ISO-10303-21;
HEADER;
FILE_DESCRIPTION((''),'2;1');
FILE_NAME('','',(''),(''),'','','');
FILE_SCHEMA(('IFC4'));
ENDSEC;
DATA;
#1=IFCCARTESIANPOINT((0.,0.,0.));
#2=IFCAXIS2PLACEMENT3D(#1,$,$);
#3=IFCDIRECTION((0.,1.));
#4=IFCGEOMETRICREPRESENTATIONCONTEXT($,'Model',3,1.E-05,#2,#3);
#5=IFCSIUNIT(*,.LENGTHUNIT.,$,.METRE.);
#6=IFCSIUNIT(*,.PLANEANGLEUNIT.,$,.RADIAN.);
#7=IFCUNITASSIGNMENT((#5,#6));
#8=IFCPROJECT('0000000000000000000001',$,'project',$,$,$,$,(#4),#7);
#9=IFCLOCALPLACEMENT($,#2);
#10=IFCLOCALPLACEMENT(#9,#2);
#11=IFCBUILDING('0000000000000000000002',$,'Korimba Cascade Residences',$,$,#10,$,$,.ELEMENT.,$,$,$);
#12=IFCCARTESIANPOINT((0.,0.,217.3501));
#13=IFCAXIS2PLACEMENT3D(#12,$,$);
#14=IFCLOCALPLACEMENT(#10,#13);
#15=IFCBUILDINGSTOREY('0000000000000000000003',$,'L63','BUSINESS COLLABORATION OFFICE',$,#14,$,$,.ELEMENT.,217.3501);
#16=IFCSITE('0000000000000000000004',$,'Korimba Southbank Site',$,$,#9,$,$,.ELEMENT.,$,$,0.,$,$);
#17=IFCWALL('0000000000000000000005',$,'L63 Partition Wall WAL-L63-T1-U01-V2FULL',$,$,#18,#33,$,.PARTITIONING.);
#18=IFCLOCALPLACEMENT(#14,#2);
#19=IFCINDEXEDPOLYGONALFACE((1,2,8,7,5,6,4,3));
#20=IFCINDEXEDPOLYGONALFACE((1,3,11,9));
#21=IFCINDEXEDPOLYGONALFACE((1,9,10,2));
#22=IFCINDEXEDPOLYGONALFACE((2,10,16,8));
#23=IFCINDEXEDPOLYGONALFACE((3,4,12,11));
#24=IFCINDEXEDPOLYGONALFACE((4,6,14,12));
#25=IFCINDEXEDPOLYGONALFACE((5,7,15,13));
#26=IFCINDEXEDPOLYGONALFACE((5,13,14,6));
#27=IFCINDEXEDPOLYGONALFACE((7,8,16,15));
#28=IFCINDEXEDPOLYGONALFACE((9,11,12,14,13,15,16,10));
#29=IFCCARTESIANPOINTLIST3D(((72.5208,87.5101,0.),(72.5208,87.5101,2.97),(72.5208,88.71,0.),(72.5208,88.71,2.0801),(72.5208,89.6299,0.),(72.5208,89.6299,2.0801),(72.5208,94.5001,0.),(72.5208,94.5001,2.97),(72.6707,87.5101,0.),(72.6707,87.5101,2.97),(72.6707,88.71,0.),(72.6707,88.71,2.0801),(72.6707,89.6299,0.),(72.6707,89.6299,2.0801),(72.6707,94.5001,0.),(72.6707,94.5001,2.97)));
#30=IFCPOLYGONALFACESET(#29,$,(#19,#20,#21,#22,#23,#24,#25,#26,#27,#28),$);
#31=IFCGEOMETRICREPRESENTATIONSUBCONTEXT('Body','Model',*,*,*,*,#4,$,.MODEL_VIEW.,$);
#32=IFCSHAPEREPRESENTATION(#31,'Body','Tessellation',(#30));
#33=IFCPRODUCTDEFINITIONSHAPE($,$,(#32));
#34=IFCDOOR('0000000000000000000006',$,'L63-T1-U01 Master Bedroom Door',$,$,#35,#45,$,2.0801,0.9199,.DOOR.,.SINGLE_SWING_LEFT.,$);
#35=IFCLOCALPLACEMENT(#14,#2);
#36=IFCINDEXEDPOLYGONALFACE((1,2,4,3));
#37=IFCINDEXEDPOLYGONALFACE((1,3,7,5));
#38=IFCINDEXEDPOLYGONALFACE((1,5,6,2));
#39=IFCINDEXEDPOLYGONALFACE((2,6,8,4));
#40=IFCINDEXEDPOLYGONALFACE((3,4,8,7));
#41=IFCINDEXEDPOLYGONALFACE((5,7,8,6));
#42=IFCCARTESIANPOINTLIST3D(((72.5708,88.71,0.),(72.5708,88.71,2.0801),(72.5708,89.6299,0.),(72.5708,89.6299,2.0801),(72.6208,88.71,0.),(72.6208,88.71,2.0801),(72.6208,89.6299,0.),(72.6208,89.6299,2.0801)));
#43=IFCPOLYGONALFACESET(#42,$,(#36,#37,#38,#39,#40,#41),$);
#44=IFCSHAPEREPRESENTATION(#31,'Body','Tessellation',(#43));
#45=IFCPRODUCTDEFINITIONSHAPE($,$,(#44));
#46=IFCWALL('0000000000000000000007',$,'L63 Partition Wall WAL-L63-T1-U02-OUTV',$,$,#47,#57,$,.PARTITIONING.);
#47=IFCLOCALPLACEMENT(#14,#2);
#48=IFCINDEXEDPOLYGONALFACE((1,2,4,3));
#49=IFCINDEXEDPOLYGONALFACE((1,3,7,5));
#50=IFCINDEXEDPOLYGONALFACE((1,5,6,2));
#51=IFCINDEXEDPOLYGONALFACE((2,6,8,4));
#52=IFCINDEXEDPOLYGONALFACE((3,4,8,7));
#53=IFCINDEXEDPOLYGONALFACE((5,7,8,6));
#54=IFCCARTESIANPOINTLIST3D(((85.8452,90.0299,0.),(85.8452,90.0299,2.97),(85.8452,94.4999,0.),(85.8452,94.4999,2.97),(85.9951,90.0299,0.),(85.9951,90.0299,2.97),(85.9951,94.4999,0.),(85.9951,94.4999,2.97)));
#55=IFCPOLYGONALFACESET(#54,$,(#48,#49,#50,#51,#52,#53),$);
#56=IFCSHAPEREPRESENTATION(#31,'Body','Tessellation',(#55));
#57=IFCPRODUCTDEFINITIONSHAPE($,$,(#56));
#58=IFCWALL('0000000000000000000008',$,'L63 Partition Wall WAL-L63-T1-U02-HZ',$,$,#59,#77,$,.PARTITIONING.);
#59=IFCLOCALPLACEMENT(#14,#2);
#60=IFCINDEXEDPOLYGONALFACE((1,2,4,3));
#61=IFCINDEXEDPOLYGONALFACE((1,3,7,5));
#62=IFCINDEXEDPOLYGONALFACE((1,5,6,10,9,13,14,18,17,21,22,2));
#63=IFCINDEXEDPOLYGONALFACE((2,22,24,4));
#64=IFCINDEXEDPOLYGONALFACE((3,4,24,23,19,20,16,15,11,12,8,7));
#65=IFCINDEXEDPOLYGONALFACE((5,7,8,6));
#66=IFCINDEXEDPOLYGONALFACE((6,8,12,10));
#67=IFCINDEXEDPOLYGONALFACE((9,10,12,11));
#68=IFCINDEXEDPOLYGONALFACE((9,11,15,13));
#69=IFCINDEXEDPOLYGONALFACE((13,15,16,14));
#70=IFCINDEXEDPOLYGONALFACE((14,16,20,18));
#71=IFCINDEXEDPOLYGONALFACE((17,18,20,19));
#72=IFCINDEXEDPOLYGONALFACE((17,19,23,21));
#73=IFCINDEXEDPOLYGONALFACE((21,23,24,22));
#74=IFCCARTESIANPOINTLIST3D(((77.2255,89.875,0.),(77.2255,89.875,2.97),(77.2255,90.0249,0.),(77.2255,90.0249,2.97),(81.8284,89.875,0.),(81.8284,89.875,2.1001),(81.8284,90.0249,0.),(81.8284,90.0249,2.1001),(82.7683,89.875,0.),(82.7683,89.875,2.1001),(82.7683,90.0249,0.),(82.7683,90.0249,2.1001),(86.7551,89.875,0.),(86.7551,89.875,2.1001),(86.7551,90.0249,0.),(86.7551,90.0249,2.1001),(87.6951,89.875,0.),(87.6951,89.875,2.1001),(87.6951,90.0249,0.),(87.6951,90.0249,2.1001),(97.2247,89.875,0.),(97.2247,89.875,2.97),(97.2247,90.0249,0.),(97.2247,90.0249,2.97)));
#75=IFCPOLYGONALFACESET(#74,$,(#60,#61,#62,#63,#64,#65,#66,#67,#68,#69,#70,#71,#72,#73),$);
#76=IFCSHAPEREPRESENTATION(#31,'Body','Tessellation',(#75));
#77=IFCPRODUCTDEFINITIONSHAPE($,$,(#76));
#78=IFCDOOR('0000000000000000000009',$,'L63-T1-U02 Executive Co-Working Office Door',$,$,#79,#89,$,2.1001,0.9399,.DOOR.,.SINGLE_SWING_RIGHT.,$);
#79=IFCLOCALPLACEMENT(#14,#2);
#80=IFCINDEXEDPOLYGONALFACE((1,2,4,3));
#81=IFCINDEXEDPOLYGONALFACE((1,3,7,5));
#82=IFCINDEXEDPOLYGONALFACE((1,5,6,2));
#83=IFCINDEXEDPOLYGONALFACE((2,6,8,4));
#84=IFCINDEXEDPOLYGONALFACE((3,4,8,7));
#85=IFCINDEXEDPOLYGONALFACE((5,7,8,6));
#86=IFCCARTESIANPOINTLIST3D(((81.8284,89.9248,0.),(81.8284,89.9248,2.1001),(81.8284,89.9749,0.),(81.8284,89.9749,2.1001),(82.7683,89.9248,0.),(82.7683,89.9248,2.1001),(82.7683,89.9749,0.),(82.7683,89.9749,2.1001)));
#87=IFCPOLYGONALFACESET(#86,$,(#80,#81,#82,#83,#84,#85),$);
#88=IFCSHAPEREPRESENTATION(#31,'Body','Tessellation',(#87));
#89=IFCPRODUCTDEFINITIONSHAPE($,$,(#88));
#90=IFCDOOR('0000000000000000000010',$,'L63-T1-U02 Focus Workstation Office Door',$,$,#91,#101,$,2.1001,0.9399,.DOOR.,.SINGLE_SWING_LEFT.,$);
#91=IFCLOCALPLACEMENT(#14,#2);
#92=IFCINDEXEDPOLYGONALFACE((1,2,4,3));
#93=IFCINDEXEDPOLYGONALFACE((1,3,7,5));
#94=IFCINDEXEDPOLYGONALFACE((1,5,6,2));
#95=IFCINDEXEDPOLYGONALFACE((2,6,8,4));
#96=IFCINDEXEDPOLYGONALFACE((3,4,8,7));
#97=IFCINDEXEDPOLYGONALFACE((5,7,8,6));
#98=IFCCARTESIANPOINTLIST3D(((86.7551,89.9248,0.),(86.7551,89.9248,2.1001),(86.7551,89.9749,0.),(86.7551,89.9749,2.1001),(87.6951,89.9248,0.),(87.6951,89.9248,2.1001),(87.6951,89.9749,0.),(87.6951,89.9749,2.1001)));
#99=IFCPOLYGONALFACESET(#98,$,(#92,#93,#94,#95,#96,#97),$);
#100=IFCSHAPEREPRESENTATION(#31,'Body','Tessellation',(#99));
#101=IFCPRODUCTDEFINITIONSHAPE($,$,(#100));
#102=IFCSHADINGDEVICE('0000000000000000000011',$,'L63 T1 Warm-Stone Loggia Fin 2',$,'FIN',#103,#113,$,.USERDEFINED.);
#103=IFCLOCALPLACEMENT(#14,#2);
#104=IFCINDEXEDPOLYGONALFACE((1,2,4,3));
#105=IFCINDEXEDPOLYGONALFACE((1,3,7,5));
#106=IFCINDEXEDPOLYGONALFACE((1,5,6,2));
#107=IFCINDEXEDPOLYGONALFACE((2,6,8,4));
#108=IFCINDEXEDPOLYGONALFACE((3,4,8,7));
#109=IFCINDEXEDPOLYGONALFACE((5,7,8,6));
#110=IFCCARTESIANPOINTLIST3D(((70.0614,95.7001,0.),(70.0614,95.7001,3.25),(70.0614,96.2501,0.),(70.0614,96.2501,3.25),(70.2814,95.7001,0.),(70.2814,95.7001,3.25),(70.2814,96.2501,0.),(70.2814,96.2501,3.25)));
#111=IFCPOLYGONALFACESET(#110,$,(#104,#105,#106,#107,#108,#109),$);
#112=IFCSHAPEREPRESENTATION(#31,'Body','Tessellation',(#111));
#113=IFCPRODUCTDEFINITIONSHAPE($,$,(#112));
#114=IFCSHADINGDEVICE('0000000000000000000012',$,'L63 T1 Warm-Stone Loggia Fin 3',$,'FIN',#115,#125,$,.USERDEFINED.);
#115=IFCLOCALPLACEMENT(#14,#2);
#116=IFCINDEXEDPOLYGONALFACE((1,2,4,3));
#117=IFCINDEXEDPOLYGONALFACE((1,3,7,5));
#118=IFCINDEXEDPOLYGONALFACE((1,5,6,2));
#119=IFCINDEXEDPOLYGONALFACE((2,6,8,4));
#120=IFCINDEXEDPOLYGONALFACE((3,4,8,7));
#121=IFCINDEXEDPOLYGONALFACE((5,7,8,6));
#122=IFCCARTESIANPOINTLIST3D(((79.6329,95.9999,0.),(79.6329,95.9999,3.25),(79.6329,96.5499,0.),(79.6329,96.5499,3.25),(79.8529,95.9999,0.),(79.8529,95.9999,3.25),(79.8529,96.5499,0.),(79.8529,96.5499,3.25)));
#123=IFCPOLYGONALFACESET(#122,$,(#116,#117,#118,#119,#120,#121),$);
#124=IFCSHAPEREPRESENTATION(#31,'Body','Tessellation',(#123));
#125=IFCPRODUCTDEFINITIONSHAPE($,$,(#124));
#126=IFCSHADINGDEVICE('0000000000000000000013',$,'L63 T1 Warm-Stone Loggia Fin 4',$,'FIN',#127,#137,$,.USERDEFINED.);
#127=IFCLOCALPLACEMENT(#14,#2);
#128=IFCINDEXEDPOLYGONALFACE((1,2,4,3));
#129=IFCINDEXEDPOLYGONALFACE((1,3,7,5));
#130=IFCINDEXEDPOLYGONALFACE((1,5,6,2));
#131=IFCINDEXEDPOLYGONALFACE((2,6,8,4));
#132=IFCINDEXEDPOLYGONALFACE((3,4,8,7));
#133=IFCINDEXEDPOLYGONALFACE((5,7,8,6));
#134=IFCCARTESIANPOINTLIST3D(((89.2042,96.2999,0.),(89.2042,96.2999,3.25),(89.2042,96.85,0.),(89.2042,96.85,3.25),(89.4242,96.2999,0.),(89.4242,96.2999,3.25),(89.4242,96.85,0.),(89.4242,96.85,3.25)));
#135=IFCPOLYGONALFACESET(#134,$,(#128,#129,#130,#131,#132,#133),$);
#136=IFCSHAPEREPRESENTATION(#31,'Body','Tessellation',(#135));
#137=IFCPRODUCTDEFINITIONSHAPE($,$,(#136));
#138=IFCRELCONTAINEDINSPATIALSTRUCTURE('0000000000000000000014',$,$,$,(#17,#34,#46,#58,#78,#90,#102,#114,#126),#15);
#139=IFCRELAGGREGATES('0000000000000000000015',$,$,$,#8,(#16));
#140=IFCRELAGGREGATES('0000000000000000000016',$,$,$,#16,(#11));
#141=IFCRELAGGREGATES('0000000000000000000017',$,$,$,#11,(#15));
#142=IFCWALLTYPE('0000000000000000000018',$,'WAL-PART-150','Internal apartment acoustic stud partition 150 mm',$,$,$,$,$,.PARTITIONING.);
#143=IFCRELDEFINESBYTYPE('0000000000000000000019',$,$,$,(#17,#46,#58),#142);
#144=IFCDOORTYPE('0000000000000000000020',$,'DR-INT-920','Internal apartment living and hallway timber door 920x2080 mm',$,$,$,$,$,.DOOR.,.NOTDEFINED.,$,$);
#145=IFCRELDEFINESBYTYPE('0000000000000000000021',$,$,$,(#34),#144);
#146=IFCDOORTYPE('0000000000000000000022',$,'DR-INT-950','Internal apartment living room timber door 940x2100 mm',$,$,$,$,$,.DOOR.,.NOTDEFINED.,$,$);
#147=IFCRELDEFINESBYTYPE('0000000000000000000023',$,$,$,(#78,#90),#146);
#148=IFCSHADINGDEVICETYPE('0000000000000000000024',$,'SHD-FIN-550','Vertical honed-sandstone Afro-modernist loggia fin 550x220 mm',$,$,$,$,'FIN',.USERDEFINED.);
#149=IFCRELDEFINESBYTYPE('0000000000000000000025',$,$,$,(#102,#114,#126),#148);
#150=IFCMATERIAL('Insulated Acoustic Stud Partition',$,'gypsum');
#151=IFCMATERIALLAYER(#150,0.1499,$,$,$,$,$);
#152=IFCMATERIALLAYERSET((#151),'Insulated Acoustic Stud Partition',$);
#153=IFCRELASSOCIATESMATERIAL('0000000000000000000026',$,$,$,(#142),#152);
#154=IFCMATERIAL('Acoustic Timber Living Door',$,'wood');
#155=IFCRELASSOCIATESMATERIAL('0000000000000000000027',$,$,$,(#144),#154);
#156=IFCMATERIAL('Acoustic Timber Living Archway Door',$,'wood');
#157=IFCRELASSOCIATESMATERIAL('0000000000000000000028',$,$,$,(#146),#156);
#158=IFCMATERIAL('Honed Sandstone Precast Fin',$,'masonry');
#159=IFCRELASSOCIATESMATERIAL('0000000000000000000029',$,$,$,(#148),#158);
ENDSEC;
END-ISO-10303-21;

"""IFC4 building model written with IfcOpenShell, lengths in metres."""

from ifc_helpers import new_model, si_unit, direction, frame, frame_2d, origin, origin_2d, place, context, subcontext, project, spatial, rectangle, extrude, material, layer, layer_set, type_object, element, fill, save


model = new_model("IFC4")

# Units and contexts
model_context = context("Model", 3, precision=1e-05, world=origin(), true_north=direction((0.0, 1.0)))
body_context = subcontext(model_context, "Body", "Model", "MODEL_VIEW")
ifc_project = project(units=[si_unit("LENGTHUNIT", "METRE"), si_unit("PLANEANGLEUNIT", "RADIAN")], contexts=[model_context])

# Site, building, storey
site_placement = place(None, origin())
site = spatial("IfcSite", under=ifc_project, at=site_placement, Name="Korimba Southbank Site", CompositionType="ELEMENT", RefElevation=0.0)
building_placement = place(site_placement, origin())
building = spatial("IfcBuilding", under=site, at=building_placement, Name="Korimba Cascade Residences", CompositionType="ELEMENT")
storey_placement = place(building_placement, frame((0.0, 0.0, 217.3501)))
storey = spatial("IfcBuildingStorey", under=building, at=storey_placement, Name="L63", Description="BUSINESS COLLABORATION OFFICE", CompositionType="ELEMENT", Elevation=217.3501)

# Shared definitions
ifc_material_1 = material(Name="Insulated Acoustic Stud Partition", Category="gypsum")
ifc_layer_1 = layer(ifc_material_1, 0.1499)
ifc_layer_set_1 = layer_set([ifc_layer_1], Name="Insulated Acoustic Stud Partition")
wall_type_1 = type_object("IfcWallType", Name="WAL-PART-150", Description="Internal apartment acoustic stud partition 150 mm", PredefinedType="PARTITIONING", material=ifc_layer_set_1)

# Wall, opening, door
wall_1_placement = place(storey_placement, frame((72.5957, 87.51, 0.0), z_axis=(0.0, 0.0, 1.0), x_axis=(0.0, 1.0, 0.0)))
wall_1 = element("IfcWall", 1, at=wall_1_placement, inside=storey, type_object=wall_type_1, Name="L63 Partition Wall WAL-L63-T1-U01-V2FULL", PredefinedType="PARTITIONING", context=body_context, shape_type="SweptSolid", body=[
    extrude(rectangle(XDim=6.99, YDim=0.1499, at=frame_2d((3.4951, 0.0))), origin(), (0.0, 0.0, 1.0), 2.97),
])
opening_1_placement = place(wall_1_placement, frame((1.2, 0.0, 0.0)))
opening_1 = element("IfcOpeningElement", 2, at=opening_1_placement, cuts=wall_1, PredefinedType="OPENING", context=body_context, shape_type="SweptSolid", body=[
    extrude(rectangle(XDim=0.9199, YDim=2.0801, at=frame_2d((0.46, 1.04))), frame((0.0, 0.085, 0.0), z_axis=(0.0, -1.0, 0.0), x_axis=(1.0, 0.0, 0.0)), (0.0, 0.0, 1.0), 0.1699),
])
ifc_material_2 = material(Name="Acoustic Timber Living Door", Category="wood")
door_type_1 = type_object("IfcDoorType", Name="DR-INT-920", Description="Internal apartment living and hallway timber door 920x2080 mm", OperationType="NOTDEFINED", PredefinedType="DOOR", material=ifc_material_2)
door_1_placement = place(opening_1_placement, origin())
door_1 = element("IfcDoor", 3, at=door_1_placement, inside=storey, type_object=door_type_1, Name="L63-T1-U01 Master Bedroom Door", OperationType="SINGLE_SWING_LEFT", OverallHeight=2.0801, OverallWidth=0.9199, PredefinedType="DOOR", context=body_context, shape_type="SweptSolid", body=[
    extrude(rectangle(XDim=0.9199, YDim=2.0801, at=frame_2d((0.46, 1.04))), frame((0.0, 0.0249, 0.0), z_axis=(0.0, -1.0, 0.0), x_axis=(1.0, 0.0, 0.0)), (0.0, 0.0, 1.0), 0.05),
])
fill(opening_1, door_1)

# Wall
wall_2_placement = place(storey_placement, frame((85.9202, 90.03, 0.0), z_axis=(0.0, 0.0, 1.0), x_axis=(0.0, 1.0, 0.0)))
element("IfcWall", 4, at=wall_2_placement, inside=storey, type_object=wall_type_1, Name="L63 Partition Wall WAL-L63-T1-U02-OUTV", PredefinedType="PARTITIONING", context=body_context, shape_type="SweptSolid", body=[
    extrude(rectangle(XDim=4.47, YDim=0.1499, at=frame_2d((2.2349, 0.0))), origin(), (0.0, 0.0, 1.0), 2.97),
])

# Wall, openings, doors
wall_3_placement = place(storey_placement, frame((77.2256, 89.95, 0.0), z_axis=(0.0, 0.0, 1.0), x_axis=(1.0, 0.0, 0.0)))
wall_3 = element("IfcWall", 5, at=wall_3_placement, inside=storey, type_object=wall_type_1, Name="L63 Partition Wall WAL-L63-T1-U02-HZ", PredefinedType="PARTITIONING", context=body_context, shape_type="SweptSolid", body=[
    extrude(rectangle(XDim=19.9993, YDim=0.1499, at=frame_2d((9.9995, 0.0))), origin(), (0.0, 0.0, 1.0), 2.97),
])
opening_2_placement = place(wall_3_placement, frame((4.6028, 0.0, 0.0)))
opening_2 = element("IfcOpeningElement", 6, at=opening_2_placement, cuts=wall_3, PredefinedType="OPENING", context=body_context, shape_type="SweptSolid", body=[
    extrude(rectangle(XDim=0.9399, YDim=2.1001, at=frame_2d((0.47, 1.05))), frame((0.0, 0.085, 0.0), z_axis=(0.0, -1.0, 0.0), x_axis=(1.0, 0.0, 0.0)), (0.0, 0.0, 1.0), 0.1699),
])
opening_3_placement = place(wall_3_placement, frame((9.5295, 0.0, 0.0)))
opening_3 = element("IfcOpeningElement", 7, at=opening_3_placement, cuts=wall_3, PredefinedType="OPENING", context=body_context, shape_type="SweptSolid", body=[
    extrude(rectangle(XDim=0.9399, YDim=2.1001, at=frame_2d((0.47, 1.05))), frame((0.0, 0.085, 0.0), z_axis=(0.0, -1.0, 0.0), x_axis=(1.0, 0.0, 0.0)), (0.0, 0.0, 1.0), 0.1699),
])
ifc_material_3 = material(Name="Acoustic Timber Living Archway Door", Category="wood")
door_type_2 = type_object("IfcDoorType", Name="DR-INT-950", Description="Internal apartment living room timber door 940x2100 mm", OperationType="NOTDEFINED", PredefinedType="DOOR", material=ifc_material_3)
door_2_placement = place(opening_2_placement, origin())
door_2 = element("IfcDoor", 8, at=door_2_placement, inside=storey, type_object=door_type_2, Name="L63-T1-U02 Executive Co-Working Office Door", OperationType="SINGLE_SWING_RIGHT", OverallHeight=2.1001, OverallWidth=0.9399, PredefinedType="DOOR", context=body_context, shape_type="SweptSolid", body=[
    extrude(rectangle(XDim=0.9399, YDim=2.1001, at=frame_2d((0.47, 1.05))), frame((0.0, 0.0249, 0.0), z_axis=(0.0, -1.0, 0.0), x_axis=(1.0, 0.0, 0.0)), (0.0, 0.0, 1.0), 0.05),
])
fill(opening_2, door_2)
door_3_placement = place(opening_3_placement, origin())
door_3 = element("IfcDoor", 9, at=door_3_placement, inside=storey, type_object=door_type_2, Name="L63-T1-U02 Focus Workstation Office Door", OperationType="SINGLE_SWING_LEFT", OverallHeight=2.1001, OverallWidth=0.9399, PredefinedType="DOOR", context=body_context, shape_type="SweptSolid", body=[
    extrude(rectangle(XDim=0.9399, YDim=2.1001, at=frame_2d((0.47, 1.05))), frame((0.0, 0.0249, 0.0), z_axis=(0.0, -1.0, 0.0), x_axis=(1.0, 0.0, 0.0)), (0.0, 0.0, 1.0), 0.05),
])
fill(opening_3, door_3)

# Shading devices
ifc_material_4 = material(Name="Honed Sandstone Precast Fin", Category="masonry")
shading_device_type = type_object("IfcShadingDeviceType", Name="SHD-FIN-550", Description="Vertical honed-sandstone Afro-modernist loggia fin 550x220 mm", ElementType="FIN", PredefinedType="USERDEFINED", material=ifc_material_4)
for number, where, z_axis, x_axis, name in (
    (10, (70.1714, 95.9751, 0.0), (0.0, 0.0, 1.0), (1.0, 0.0, 0.0), "L63 T1 Warm-Stone Loggia Fin 2"),
    (11, (79.7429, 96.2749, 0.0), (0.0, 0.0, 1.0), (1.0, 0.0, 0.0), "L63 T1 Warm-Stone Loggia Fin 3"),
    (12, (89.3142, 96.575, 0.0), (0.0, 0.0, 1.0), (1.0, 0.0, 0.0), "L63 T1 Warm-Stone Loggia Fin 4"),
):
    element("IfcShadingDevice", number, at=place(storey_placement, frame(where, z_axis=z_axis, x_axis=x_axis)), inside=storey, type_object=shading_device_type, Name=name, ObjectType="FIN", PredefinedType="USERDEFINED", context=body_context, shape_type="SweptSolid", body=[
        extrude(rectangle(XDim=0.22, YDim=0.55, at=origin_2d()), origin(), (0.0, 0.0, 1.0), 3.25),
    ])

save(model, "model.ifc")
